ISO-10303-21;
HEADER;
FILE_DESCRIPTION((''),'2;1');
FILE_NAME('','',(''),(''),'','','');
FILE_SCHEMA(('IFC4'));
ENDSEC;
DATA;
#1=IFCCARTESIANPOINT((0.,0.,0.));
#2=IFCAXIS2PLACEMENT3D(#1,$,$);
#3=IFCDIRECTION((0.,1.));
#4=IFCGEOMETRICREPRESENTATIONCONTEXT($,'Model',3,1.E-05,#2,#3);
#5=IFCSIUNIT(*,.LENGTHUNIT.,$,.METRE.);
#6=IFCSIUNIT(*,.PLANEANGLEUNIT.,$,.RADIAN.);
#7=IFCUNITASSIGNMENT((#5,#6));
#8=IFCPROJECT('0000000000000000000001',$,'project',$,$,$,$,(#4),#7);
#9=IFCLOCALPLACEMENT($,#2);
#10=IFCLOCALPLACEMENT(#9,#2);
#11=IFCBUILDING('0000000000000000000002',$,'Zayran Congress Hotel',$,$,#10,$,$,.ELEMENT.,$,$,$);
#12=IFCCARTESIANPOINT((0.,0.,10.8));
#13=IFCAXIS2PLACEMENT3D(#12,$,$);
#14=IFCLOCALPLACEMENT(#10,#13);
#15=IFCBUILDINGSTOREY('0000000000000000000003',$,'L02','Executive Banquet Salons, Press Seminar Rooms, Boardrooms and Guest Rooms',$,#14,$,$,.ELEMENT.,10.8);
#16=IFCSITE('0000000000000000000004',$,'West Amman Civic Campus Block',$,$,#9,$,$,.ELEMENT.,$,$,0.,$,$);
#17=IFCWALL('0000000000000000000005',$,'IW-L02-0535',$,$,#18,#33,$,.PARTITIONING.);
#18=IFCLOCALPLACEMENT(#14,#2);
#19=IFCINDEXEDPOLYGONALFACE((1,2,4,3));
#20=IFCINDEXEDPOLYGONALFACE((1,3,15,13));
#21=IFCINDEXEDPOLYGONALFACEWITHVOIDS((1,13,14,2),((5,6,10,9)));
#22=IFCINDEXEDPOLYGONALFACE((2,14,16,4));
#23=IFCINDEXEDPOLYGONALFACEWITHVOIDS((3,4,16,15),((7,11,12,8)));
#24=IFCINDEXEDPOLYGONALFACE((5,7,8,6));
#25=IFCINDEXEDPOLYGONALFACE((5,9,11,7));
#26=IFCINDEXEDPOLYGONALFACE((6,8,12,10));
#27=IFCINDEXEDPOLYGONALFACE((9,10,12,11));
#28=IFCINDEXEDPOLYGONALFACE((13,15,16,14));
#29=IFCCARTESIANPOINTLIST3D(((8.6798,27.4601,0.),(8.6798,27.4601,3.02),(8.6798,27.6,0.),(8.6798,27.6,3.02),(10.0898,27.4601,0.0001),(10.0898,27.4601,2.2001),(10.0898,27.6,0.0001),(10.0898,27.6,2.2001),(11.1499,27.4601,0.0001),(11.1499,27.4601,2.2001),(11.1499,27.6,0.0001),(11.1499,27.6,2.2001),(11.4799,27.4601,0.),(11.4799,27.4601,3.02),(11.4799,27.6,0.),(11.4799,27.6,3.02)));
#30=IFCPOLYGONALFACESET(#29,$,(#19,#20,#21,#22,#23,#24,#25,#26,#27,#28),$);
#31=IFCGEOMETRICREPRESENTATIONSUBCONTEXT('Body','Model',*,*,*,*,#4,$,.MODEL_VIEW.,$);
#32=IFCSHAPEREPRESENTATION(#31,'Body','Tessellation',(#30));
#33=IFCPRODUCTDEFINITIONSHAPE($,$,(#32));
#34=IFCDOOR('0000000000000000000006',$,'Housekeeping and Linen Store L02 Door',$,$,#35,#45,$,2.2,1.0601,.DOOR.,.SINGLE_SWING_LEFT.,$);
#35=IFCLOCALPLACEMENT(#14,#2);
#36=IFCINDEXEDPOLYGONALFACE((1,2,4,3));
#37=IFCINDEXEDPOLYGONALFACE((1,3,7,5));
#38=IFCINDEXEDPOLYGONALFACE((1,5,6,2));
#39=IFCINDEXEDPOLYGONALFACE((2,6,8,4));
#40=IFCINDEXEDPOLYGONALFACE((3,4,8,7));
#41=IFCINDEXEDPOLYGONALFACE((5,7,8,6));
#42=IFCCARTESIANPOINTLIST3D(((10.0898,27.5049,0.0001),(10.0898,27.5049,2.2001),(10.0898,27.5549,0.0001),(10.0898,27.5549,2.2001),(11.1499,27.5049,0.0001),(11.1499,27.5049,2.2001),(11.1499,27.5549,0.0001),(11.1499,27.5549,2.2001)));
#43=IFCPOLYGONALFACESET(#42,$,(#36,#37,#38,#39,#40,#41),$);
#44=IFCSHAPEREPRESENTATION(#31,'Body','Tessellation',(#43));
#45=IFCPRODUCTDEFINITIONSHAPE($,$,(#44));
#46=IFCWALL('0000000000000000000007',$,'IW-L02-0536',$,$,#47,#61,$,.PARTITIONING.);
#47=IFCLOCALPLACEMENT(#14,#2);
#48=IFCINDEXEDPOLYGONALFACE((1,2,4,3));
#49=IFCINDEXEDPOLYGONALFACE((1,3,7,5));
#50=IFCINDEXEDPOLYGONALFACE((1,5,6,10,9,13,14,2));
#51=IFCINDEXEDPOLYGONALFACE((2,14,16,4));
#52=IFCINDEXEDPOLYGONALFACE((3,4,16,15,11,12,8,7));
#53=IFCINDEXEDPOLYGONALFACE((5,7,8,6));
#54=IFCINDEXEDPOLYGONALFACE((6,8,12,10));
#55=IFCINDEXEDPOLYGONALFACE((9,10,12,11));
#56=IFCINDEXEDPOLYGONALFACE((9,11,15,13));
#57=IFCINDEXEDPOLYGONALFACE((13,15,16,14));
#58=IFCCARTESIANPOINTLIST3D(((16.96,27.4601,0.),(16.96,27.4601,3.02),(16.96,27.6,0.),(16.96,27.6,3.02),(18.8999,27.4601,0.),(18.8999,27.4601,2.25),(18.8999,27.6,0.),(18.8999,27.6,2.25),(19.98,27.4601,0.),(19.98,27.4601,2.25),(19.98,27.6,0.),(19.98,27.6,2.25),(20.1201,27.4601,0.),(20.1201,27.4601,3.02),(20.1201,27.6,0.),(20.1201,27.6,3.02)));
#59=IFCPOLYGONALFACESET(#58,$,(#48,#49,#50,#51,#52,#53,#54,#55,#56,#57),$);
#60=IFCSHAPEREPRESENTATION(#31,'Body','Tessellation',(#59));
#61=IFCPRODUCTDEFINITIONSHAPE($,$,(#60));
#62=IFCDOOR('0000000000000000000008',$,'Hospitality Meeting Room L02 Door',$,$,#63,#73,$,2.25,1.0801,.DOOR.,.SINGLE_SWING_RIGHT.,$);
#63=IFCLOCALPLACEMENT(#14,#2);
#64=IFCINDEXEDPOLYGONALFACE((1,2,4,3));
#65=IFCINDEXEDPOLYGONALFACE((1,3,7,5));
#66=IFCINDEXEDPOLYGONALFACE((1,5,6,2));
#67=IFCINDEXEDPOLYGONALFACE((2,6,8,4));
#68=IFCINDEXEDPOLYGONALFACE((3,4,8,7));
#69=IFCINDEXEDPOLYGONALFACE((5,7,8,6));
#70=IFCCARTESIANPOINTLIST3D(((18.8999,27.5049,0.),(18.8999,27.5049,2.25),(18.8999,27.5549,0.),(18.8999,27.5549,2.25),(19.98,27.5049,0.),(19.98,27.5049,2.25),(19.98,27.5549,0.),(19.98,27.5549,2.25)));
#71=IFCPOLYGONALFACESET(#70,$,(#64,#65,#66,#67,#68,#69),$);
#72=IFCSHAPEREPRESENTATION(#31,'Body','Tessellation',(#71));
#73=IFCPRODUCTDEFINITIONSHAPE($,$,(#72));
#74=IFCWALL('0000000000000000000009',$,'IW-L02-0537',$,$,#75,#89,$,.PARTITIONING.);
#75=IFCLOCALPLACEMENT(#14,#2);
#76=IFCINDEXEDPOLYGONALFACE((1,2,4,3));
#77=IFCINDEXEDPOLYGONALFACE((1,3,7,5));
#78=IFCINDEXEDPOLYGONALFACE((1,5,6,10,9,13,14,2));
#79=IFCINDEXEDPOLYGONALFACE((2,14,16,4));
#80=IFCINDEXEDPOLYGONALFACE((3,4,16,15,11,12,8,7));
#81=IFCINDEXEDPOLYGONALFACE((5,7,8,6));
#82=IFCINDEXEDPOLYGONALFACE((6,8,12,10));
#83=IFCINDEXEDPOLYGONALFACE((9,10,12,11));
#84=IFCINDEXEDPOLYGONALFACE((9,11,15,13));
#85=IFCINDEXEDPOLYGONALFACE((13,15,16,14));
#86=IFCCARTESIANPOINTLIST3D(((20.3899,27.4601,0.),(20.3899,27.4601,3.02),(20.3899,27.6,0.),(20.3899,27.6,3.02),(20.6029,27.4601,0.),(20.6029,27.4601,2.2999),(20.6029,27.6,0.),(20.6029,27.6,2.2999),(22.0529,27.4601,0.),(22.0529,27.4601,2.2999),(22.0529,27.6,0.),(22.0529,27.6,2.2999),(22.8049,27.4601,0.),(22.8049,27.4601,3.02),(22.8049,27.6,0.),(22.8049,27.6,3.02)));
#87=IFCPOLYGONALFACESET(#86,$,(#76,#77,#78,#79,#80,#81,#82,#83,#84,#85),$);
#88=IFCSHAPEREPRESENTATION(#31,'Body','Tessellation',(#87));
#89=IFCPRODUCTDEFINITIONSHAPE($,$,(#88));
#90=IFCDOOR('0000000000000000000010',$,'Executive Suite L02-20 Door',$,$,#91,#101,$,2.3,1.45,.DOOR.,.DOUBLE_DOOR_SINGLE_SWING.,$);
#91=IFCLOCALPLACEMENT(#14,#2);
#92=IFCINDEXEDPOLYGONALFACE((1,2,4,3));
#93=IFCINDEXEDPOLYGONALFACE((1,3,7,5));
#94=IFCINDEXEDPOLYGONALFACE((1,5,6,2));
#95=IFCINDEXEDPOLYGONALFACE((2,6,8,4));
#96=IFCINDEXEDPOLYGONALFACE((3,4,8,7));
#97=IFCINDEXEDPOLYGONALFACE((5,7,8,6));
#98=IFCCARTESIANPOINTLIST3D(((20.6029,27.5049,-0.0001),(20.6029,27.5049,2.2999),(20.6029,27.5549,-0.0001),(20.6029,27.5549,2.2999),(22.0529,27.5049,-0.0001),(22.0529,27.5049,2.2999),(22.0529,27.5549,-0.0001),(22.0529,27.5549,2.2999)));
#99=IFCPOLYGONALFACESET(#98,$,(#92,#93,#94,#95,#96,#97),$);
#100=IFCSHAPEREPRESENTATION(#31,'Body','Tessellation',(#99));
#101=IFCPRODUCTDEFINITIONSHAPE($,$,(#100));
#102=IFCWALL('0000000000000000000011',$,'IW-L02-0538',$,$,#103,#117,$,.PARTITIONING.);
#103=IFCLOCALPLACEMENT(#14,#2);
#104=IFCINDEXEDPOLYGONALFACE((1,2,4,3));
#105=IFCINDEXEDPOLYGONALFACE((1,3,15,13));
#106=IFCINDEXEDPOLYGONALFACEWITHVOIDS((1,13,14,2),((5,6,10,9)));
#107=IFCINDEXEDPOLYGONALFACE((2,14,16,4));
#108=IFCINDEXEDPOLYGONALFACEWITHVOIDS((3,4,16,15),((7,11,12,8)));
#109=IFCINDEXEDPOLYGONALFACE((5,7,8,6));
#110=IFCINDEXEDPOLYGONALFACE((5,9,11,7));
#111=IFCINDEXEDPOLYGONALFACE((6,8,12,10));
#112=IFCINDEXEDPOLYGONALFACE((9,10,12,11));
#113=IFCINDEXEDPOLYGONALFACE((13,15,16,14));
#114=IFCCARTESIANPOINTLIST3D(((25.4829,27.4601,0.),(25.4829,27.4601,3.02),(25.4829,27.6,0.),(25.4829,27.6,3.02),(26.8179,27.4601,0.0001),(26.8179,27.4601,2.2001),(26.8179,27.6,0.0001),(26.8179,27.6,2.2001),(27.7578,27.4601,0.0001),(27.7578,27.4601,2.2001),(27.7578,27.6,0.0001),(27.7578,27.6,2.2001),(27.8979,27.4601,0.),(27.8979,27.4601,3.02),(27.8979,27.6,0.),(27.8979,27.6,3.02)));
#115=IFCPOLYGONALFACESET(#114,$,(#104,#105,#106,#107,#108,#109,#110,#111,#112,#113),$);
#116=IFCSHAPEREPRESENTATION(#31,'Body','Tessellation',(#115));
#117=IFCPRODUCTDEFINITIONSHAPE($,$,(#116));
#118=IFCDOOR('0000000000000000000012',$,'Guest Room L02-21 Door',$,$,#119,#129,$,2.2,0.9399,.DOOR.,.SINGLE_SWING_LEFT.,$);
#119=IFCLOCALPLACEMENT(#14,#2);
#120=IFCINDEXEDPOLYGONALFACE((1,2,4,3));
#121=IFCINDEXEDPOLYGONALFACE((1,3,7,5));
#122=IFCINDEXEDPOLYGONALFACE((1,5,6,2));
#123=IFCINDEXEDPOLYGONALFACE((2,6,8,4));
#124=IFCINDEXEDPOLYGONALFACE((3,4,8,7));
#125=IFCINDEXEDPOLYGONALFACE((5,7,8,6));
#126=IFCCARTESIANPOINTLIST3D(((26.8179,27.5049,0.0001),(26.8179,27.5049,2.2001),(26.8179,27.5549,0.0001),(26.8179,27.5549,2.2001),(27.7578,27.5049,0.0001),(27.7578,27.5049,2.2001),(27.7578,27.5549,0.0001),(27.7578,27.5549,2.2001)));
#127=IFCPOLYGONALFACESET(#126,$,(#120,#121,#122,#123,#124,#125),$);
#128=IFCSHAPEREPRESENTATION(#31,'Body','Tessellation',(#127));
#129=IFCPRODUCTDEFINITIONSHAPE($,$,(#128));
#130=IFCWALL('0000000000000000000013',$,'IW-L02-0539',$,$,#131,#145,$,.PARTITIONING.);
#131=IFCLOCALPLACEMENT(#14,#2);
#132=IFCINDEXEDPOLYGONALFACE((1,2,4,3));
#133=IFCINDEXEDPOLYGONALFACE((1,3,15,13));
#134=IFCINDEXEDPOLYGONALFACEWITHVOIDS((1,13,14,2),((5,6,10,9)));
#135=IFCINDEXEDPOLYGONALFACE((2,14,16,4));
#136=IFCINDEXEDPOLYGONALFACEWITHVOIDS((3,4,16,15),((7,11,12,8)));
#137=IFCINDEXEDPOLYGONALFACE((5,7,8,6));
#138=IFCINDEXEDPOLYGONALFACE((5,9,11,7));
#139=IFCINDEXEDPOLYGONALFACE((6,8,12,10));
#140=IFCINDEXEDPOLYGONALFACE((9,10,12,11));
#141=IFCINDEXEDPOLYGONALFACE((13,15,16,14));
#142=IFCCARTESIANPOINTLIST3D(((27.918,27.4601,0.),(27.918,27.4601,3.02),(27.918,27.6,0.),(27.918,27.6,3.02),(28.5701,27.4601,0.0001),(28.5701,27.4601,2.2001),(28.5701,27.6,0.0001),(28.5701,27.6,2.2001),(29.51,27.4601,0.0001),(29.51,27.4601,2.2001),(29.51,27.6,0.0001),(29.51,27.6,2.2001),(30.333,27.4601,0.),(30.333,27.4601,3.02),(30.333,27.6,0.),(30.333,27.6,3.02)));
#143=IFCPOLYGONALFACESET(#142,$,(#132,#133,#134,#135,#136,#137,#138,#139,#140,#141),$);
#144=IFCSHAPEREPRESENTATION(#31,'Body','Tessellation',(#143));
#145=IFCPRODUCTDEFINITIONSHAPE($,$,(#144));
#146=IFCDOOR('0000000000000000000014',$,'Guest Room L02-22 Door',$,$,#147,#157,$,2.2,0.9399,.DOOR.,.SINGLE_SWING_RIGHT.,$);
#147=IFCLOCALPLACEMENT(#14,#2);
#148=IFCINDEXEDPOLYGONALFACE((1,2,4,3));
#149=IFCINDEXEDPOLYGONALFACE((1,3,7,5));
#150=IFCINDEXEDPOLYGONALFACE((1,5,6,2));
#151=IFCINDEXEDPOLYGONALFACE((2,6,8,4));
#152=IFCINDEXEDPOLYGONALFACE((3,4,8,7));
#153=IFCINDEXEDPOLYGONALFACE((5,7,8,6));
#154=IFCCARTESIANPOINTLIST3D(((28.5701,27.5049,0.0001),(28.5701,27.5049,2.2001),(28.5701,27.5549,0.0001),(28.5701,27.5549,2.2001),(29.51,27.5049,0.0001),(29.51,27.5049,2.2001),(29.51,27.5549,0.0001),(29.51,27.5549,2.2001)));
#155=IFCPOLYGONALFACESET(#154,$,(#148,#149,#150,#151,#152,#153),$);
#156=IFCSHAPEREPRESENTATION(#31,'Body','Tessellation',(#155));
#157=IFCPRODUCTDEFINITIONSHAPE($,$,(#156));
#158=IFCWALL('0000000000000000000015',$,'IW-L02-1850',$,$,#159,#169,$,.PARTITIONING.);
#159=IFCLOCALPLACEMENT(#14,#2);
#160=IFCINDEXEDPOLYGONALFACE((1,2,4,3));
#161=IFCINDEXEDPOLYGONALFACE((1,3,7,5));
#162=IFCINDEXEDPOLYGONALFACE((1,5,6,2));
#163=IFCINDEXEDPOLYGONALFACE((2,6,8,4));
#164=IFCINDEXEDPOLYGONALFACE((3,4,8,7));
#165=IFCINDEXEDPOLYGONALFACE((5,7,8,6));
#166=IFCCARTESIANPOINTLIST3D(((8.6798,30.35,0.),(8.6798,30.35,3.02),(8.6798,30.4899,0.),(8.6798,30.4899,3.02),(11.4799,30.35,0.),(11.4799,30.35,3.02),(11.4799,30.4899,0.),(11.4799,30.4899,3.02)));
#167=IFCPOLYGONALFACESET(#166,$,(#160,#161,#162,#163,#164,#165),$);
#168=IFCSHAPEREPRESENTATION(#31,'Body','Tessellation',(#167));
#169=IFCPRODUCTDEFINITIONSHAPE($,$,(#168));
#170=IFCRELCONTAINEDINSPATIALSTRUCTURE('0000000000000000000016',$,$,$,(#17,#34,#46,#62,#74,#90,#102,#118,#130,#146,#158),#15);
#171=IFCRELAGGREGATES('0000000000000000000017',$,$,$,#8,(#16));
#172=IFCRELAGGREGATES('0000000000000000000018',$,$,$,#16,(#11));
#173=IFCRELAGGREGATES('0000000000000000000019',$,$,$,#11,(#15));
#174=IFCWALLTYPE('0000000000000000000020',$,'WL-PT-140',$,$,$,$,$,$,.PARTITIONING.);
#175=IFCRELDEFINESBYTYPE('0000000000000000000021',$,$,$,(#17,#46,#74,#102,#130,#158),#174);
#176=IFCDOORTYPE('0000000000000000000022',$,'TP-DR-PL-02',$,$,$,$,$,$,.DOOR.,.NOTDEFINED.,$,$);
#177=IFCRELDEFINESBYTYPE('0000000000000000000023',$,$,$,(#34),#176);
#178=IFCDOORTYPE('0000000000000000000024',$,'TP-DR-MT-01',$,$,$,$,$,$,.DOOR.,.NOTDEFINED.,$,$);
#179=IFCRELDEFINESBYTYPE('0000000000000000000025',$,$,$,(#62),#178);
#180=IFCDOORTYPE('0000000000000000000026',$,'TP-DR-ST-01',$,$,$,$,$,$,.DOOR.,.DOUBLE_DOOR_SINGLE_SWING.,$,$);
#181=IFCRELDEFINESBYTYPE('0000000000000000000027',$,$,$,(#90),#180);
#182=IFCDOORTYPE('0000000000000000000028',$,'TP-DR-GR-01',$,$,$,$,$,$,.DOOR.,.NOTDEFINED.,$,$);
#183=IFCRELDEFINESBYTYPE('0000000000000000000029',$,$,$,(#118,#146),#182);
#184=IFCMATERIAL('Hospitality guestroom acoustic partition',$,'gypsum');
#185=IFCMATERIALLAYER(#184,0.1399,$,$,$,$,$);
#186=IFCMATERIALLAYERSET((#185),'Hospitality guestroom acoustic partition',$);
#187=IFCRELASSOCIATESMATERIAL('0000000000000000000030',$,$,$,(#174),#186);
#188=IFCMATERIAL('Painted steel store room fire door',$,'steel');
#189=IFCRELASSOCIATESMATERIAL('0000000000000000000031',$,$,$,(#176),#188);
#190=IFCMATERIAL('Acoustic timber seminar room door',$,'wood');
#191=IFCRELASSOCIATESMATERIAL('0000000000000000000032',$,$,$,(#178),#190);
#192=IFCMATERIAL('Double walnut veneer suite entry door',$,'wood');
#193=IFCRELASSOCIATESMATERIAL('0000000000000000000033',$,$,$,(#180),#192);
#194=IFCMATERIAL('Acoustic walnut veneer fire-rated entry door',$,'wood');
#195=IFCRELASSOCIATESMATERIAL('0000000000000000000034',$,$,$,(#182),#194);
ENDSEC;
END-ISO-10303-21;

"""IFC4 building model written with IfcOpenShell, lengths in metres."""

from ifc_helpers import new_model, si_unit, direction, frame, frame_2d, origin, place, context, subcontext, project, spatial, rectangle, extrude, material, layer, layer_set, type_object, element, fill, save


model = new_model("IFC4")

# Units and contexts
model_context = context("Model", 3, precision=1e-05, world=origin(), true_north=direction((0.0, 1.0)))
body_context = subcontext(model_context, "Body", "Model", "MODEL_VIEW")
ifc_project = project(units=[si_unit("LENGTHUNIT", "METRE"), si_unit("PLANEANGLEUNIT", "RADIAN")], contexts=[model_context])

# Site, building, storey
site_placement = place(None, origin())
site = spatial("IfcSite", under=ifc_project, at=site_placement, Name="West Amman Civic Campus Block", CompositionType="ELEMENT", RefElevation=0.0)
building_placement = place(site_placement, origin())
building = spatial("IfcBuilding", under=site, at=building_placement, Name="Zayran Congress Hotel", CompositionType="ELEMENT")
storey_placement = place(building_placement, frame((0.0, 0.0, 10.8)))
storey = spatial("IfcBuildingStorey", under=building, at=storey_placement, Name="L02", Description="Executive Banquet Salons, Press Seminar Rooms, Boardrooms and Guest Rooms", CompositionType="ELEMENT", Elevation=10.8)

# Walls, openings, doors
ifc_material_1 = material(Name="Hospitality guestroom acoustic partition", Category="gypsum")
ifc_layer_1 = layer(ifc_material_1, 0.1399)
ifc_layer_set_1 = layer_set([ifc_layer_1], Name="Hospitality guestroom acoustic partition")
wall_type_1 = type_object("IfcWallType", Name="WL-PT-140", PredefinedType="PARTITIONING", material=ifc_layer_set_1)
wall_1_placement = place(storey_placement, frame((8.6799, 27.53, 0.0), z_axis=(0.0, 0.0, 1.0), x_axis=(1.0, 0.0, 0.0)))
wall_1 = element("IfcWall", 1, at=wall_1_placement, inside=storey, type_object=wall_type_1, Name="IW-L02-0535", PredefinedType="PARTITIONING", context=body_context, shape_type="SweptSolid", body=[
    extrude(rectangle(XDim=2.8, YDim=0.1399, at=frame_2d((1.3999, 0.0))), origin(), (0.0, 0.0, 1.0), 3.02),
])
opening_1_placement = place(wall_1_placement, frame((1.4099, 0.0, 0.0)))
opening_1 = element("IfcOpeningElement", 2, at=opening_1_placement, cuts=wall_1, PredefinedType="OPENING", context=body_context, shape_type="SweptSolid", body=[
    extrude(rectangle(XDim=1.0601, YDim=2.2, at=frame_2d((0.53, 1.1001))), frame((0.0, 0.0798, 0.0), z_axis=(0.0, -1.0, 0.0), x_axis=(1.0, 0.0, 0.0)), (0.0, 0.0, 1.0), 0.1599),
])
ifc_material_2 = material(Name="Painted steel store room fire door", Category="steel")
door_type_1 = type_object("IfcDoorType", Name="TP-DR-PL-02", OperationType="NOTDEFINED", PredefinedType="DOOR", material=ifc_material_2)
door_1_placement = place(opening_1_placement, origin())
door_1 = element("IfcDoor", 3, at=door_1_placement, inside=storey, type_object=door_type_1, Name="Housekeeping and Linen Store L02 Door", OperationType="SINGLE_SWING_LEFT", OverallHeight=2.2, OverallWidth=1.0601, PredefinedType="DOOR", context=body_context, shape_type="SweptSolid", body=[
    extrude(rectangle(XDim=1.0601, YDim=2.2, at=frame_2d((0.53, 1.1001))), frame((0.0, 0.0249, 0.0), z_axis=(0.0, -1.0, 0.0), x_axis=(1.0, 0.0, 0.0)), (0.0, 0.0, 1.0), 0.05),
])
fill(opening_1, door_1)
wall_2_placement = place(storey_placement, frame((16.96, 27.53, 0.0), z_axis=(0.0, 0.0, 1.0), x_axis=(1.0, 0.0, 0.0)))
wall_2 = element("IfcWall", 4, at=wall_2_placement, inside=storey, type_object=wall_type_1, Name="IW-L02-0536", PredefinedType="PARTITIONING", context=body_context, shape_type="SweptSolid", body=[
    extrude(rectangle(XDim=3.1602, YDim=0.1399, at=frame_2d((1.5801, 0.0))), origin(), (0.0, 0.0, 1.0), 3.02),
])
opening_2_placement = place(wall_2_placement, frame((1.9399, 0.0, 0.0)))
opening_2 = element("IfcOpeningElement", 5, at=opening_2_placement, cuts=wall_2, PredefinedType="OPENING", context=body_context, shape_type="SweptSolid", body=[
    extrude(rectangle(XDim=1.0801, YDim=2.25, at=frame_2d((0.54, 1.125))), frame((0.0, 0.0798, 0.0), z_axis=(0.0, -1.0, 0.0), x_axis=(1.0, 0.0, 0.0)), (0.0, 0.0, 1.0), 0.1599),
])
ifc_material_3 = material(Name="Acoustic timber seminar room door", Category="wood")
door_type_2 = type_object("IfcDoorType", Name="TP-DR-MT-01", OperationType="NOTDEFINED", PredefinedType="DOOR", material=ifc_material_3)
door_2_placement = place(opening_2_placement, origin())
door_2 = element("IfcDoor", 6, at=door_2_placement, inside=storey, type_object=door_type_2, Name="Hospitality Meeting Room L02 Door", OperationType="SINGLE_SWING_RIGHT", OverallHeight=2.25, OverallWidth=1.0801, PredefinedType="DOOR", context=body_context, shape_type="SweptSolid", body=[
    extrude(rectangle(XDim=1.0801, YDim=2.25, at=frame_2d((0.54, 1.125))), frame((0.0, 0.0249, 0.0), z_axis=(0.0, -1.0, 0.0), x_axis=(1.0, 0.0, 0.0)), (0.0, 0.0, 1.0), 0.05),
])
fill(opening_2, door_2)
wall_3_placement = place(storey_placement, frame((20.3899, 27.53, 0.0), z_axis=(0.0, 0.0, 1.0), x_axis=(1.0, 0.0, 0.0)))
wall_3 = element("IfcWall", 7, at=wall_3_placement, inside=storey, type_object=wall_type_1, Name="IW-L02-0537", PredefinedType="PARTITIONING", context=body_context, shape_type="SweptSolid", body=[
    extrude(rectangle(XDim=2.415, YDim=0.1399, at=frame_2d((1.2075, 0.0))), origin(), (0.0, 0.0, 1.0), 3.02),
])
opening_3_placement = place(wall_3_placement, frame((0.2129, 0.0, 0.0)))
opening_3 = element("IfcOpeningElement", 8, at=opening_3_placement, cuts=wall_3, PredefinedType="OPENING", context=body_context, shape_type="SweptSolid", body=[
    extrude(rectangle(XDim=1.45, YDim=2.3, at=frame_2d((0.7251, 1.1499))), frame((0.0, 0.0798, 0.0), z_axis=(0.0, -1.0, 0.0), x_axis=(1.0, 0.0, 0.0)), (0.0, 0.0, 1.0), 0.1599),
])
ifc_material_4 = material(Name="Double walnut veneer suite entry door", Category="wood")
door_type_3 = type_object("IfcDoorType", Name="TP-DR-ST-01", OperationType="DOUBLE_DOOR_SINGLE_SWING", PredefinedType="DOOR", material=ifc_material_4)
door_3_placement = place(opening_3_placement, origin())
door_3 = element("IfcDoor", 9, at=door_3_placement, inside=storey, type_object=door_type_3, Name="Executive Suite L02-20 Door", OperationType="DOUBLE_DOOR_SINGLE_SWING", OverallHeight=2.3, OverallWidth=1.45, PredefinedType="DOOR", context=body_context, shape_type="SweptSolid", body=[
    extrude(rectangle(XDim=1.45, YDim=2.3, at=frame_2d((0.7251, 1.1499))), frame((0.0, 0.0249, 0.0), z_axis=(0.0, -1.0, 0.0), x_axis=(1.0, 0.0, 0.0)), (0.0, 0.0, 1.0), 0.05),
])
fill(opening_3, door_3)
wall_4_placement = place(storey_placement, frame((25.4829, 27.53, 0.0), z_axis=(0.0, 0.0, 1.0), x_axis=(1.0, 0.0, 0.0)))
wall_4 = element("IfcWall", 10, at=wall_4_placement, inside=storey, type_object=wall_type_1, Name="IW-L02-0538", PredefinedType="PARTITIONING", context=body_context, shape_type="SweptSolid", body=[
    extrude(rectangle(XDim=2.415, YDim=0.1399, at=frame_2d((1.2075, 0.0))), origin(), (0.0, 0.0, 1.0), 3.02),
])
opening_4_placement = place(wall_4_placement, frame((1.335, 0.0, 0.0)))
opening_4 = element("IfcOpeningElement", 11, at=opening_4_placement, cuts=wall_4, PredefinedType="OPENING", context=body_context, shape_type="SweptSolid", body=[
    extrude(rectangle(XDim=0.9399, YDim=2.2, at=frame_2d((0.47, 1.1001))), frame((0.0, 0.0798, 0.0), z_axis=(0.0, -1.0, 0.0), x_axis=(1.0, 0.0, 0.0)), (0.0, 0.0, 1.0), 0.1599),
])
ifc_material_5 = material(Name="Acoustic walnut veneer fire-rated entry door", Category="wood")
door_type_4 = type_object("IfcDoorType", Name="TP-DR-GR-01", OperationType="NOTDEFINED", PredefinedType="DOOR", material=ifc_material_5)
door_4_placement = place(opening_4_placement, origin())
door_4 = element("IfcDoor", 12, at=door_4_placement, inside=storey, type_object=door_type_4, Name="Guest Room L02-21 Door", OperationType="SINGLE_SWING_LEFT", OverallHeight=2.2, OverallWidth=0.9399, PredefinedType="DOOR", context=body_context, shape_type="SweptSolid", body=[
    extrude(rectangle(XDim=0.9399, YDim=2.2, at=frame_2d((0.47, 1.1001))), frame((0.0, 0.0249, 0.0), z_axis=(0.0, -1.0, 0.0), x_axis=(1.0, 0.0, 0.0)), (0.0, 0.0, 1.0), 0.05),
])
fill(opening_4, door_4)
wall_5_placement = place(storey_placement, frame((27.918, 27.53, 0.0), z_axis=(0.0, 0.0, 1.0), x_axis=(1.0, 0.0, 0.0)))
wall_5 = element("IfcWall", 13, at=wall_5_placement, inside=storey, type_object=wall_type_1, Name="IW-L02-0539", PredefinedType="PARTITIONING", context=body_context, shape_type="SweptSolid", body=[
    extrude(rectangle(XDim=2.415, YDim=0.1399, at=frame_2d((1.2075, 0.0))), origin(), (0.0, 0.0, 1.0), 3.02),
])
opening_5_placement = place(wall_5_placement, frame((0.6521, 0.0, 0.0)))
opening_5 = element("IfcOpeningElement", 14, at=opening_5_placement, cuts=wall_5, PredefinedType="OPENING", context=body_context, shape_type="SweptSolid", body=[
    extrude(rectangle(XDim=0.9399, YDim=2.2, at=frame_2d((0.47, 1.1001))), frame((0.0, 0.0798, 0.0), z_axis=(0.0, -1.0, 0.0), x_axis=(1.0, 0.0, 0.0)), (0.0, 0.0, 1.0), 0.1599),
])
door_5_placement = place(opening_5_placement, origin())
door_5 = element("IfcDoor", 15, at=door_5_placement, inside=storey, type_object=door_type_4, Name="Guest Room L02-22 Door", OperationType="SINGLE_SWING_RIGHT", OverallHeight=2.2, OverallWidth=0.9399, PredefinedType="DOOR", context=body_context, shape_type="SweptSolid", body=[
    extrude(rectangle(XDim=0.9399, YDim=2.2, at=frame_2d((0.47, 1.1001))), frame((0.0, 0.0249, 0.0), z_axis=(0.0, -1.0, 0.0), x_axis=(1.0, 0.0, 0.0)), (0.0, 0.0, 1.0), 0.05),
])
fill(opening_5, door_5)

# Wall
wall_6_placement = place(storey_placement, frame((8.6799, 30.4199, 0.0), z_axis=(0.0, 0.0, 1.0), x_axis=(1.0, 0.0, 0.0)))
element("IfcWall", 16, at=wall_6_placement, inside=storey, type_object=wall_type_1, Name="IW-L02-1850", PredefinedType="PARTITIONING", context=body_context, shape_type="SweptSolid", body=[
    extrude(rectangle(XDim=2.8, YDim=0.1399, at=frame_2d((1.3999, 0.0))), origin(), (0.0, 0.0, 1.0), 3.02),
])

save(model, "model.ifc")
